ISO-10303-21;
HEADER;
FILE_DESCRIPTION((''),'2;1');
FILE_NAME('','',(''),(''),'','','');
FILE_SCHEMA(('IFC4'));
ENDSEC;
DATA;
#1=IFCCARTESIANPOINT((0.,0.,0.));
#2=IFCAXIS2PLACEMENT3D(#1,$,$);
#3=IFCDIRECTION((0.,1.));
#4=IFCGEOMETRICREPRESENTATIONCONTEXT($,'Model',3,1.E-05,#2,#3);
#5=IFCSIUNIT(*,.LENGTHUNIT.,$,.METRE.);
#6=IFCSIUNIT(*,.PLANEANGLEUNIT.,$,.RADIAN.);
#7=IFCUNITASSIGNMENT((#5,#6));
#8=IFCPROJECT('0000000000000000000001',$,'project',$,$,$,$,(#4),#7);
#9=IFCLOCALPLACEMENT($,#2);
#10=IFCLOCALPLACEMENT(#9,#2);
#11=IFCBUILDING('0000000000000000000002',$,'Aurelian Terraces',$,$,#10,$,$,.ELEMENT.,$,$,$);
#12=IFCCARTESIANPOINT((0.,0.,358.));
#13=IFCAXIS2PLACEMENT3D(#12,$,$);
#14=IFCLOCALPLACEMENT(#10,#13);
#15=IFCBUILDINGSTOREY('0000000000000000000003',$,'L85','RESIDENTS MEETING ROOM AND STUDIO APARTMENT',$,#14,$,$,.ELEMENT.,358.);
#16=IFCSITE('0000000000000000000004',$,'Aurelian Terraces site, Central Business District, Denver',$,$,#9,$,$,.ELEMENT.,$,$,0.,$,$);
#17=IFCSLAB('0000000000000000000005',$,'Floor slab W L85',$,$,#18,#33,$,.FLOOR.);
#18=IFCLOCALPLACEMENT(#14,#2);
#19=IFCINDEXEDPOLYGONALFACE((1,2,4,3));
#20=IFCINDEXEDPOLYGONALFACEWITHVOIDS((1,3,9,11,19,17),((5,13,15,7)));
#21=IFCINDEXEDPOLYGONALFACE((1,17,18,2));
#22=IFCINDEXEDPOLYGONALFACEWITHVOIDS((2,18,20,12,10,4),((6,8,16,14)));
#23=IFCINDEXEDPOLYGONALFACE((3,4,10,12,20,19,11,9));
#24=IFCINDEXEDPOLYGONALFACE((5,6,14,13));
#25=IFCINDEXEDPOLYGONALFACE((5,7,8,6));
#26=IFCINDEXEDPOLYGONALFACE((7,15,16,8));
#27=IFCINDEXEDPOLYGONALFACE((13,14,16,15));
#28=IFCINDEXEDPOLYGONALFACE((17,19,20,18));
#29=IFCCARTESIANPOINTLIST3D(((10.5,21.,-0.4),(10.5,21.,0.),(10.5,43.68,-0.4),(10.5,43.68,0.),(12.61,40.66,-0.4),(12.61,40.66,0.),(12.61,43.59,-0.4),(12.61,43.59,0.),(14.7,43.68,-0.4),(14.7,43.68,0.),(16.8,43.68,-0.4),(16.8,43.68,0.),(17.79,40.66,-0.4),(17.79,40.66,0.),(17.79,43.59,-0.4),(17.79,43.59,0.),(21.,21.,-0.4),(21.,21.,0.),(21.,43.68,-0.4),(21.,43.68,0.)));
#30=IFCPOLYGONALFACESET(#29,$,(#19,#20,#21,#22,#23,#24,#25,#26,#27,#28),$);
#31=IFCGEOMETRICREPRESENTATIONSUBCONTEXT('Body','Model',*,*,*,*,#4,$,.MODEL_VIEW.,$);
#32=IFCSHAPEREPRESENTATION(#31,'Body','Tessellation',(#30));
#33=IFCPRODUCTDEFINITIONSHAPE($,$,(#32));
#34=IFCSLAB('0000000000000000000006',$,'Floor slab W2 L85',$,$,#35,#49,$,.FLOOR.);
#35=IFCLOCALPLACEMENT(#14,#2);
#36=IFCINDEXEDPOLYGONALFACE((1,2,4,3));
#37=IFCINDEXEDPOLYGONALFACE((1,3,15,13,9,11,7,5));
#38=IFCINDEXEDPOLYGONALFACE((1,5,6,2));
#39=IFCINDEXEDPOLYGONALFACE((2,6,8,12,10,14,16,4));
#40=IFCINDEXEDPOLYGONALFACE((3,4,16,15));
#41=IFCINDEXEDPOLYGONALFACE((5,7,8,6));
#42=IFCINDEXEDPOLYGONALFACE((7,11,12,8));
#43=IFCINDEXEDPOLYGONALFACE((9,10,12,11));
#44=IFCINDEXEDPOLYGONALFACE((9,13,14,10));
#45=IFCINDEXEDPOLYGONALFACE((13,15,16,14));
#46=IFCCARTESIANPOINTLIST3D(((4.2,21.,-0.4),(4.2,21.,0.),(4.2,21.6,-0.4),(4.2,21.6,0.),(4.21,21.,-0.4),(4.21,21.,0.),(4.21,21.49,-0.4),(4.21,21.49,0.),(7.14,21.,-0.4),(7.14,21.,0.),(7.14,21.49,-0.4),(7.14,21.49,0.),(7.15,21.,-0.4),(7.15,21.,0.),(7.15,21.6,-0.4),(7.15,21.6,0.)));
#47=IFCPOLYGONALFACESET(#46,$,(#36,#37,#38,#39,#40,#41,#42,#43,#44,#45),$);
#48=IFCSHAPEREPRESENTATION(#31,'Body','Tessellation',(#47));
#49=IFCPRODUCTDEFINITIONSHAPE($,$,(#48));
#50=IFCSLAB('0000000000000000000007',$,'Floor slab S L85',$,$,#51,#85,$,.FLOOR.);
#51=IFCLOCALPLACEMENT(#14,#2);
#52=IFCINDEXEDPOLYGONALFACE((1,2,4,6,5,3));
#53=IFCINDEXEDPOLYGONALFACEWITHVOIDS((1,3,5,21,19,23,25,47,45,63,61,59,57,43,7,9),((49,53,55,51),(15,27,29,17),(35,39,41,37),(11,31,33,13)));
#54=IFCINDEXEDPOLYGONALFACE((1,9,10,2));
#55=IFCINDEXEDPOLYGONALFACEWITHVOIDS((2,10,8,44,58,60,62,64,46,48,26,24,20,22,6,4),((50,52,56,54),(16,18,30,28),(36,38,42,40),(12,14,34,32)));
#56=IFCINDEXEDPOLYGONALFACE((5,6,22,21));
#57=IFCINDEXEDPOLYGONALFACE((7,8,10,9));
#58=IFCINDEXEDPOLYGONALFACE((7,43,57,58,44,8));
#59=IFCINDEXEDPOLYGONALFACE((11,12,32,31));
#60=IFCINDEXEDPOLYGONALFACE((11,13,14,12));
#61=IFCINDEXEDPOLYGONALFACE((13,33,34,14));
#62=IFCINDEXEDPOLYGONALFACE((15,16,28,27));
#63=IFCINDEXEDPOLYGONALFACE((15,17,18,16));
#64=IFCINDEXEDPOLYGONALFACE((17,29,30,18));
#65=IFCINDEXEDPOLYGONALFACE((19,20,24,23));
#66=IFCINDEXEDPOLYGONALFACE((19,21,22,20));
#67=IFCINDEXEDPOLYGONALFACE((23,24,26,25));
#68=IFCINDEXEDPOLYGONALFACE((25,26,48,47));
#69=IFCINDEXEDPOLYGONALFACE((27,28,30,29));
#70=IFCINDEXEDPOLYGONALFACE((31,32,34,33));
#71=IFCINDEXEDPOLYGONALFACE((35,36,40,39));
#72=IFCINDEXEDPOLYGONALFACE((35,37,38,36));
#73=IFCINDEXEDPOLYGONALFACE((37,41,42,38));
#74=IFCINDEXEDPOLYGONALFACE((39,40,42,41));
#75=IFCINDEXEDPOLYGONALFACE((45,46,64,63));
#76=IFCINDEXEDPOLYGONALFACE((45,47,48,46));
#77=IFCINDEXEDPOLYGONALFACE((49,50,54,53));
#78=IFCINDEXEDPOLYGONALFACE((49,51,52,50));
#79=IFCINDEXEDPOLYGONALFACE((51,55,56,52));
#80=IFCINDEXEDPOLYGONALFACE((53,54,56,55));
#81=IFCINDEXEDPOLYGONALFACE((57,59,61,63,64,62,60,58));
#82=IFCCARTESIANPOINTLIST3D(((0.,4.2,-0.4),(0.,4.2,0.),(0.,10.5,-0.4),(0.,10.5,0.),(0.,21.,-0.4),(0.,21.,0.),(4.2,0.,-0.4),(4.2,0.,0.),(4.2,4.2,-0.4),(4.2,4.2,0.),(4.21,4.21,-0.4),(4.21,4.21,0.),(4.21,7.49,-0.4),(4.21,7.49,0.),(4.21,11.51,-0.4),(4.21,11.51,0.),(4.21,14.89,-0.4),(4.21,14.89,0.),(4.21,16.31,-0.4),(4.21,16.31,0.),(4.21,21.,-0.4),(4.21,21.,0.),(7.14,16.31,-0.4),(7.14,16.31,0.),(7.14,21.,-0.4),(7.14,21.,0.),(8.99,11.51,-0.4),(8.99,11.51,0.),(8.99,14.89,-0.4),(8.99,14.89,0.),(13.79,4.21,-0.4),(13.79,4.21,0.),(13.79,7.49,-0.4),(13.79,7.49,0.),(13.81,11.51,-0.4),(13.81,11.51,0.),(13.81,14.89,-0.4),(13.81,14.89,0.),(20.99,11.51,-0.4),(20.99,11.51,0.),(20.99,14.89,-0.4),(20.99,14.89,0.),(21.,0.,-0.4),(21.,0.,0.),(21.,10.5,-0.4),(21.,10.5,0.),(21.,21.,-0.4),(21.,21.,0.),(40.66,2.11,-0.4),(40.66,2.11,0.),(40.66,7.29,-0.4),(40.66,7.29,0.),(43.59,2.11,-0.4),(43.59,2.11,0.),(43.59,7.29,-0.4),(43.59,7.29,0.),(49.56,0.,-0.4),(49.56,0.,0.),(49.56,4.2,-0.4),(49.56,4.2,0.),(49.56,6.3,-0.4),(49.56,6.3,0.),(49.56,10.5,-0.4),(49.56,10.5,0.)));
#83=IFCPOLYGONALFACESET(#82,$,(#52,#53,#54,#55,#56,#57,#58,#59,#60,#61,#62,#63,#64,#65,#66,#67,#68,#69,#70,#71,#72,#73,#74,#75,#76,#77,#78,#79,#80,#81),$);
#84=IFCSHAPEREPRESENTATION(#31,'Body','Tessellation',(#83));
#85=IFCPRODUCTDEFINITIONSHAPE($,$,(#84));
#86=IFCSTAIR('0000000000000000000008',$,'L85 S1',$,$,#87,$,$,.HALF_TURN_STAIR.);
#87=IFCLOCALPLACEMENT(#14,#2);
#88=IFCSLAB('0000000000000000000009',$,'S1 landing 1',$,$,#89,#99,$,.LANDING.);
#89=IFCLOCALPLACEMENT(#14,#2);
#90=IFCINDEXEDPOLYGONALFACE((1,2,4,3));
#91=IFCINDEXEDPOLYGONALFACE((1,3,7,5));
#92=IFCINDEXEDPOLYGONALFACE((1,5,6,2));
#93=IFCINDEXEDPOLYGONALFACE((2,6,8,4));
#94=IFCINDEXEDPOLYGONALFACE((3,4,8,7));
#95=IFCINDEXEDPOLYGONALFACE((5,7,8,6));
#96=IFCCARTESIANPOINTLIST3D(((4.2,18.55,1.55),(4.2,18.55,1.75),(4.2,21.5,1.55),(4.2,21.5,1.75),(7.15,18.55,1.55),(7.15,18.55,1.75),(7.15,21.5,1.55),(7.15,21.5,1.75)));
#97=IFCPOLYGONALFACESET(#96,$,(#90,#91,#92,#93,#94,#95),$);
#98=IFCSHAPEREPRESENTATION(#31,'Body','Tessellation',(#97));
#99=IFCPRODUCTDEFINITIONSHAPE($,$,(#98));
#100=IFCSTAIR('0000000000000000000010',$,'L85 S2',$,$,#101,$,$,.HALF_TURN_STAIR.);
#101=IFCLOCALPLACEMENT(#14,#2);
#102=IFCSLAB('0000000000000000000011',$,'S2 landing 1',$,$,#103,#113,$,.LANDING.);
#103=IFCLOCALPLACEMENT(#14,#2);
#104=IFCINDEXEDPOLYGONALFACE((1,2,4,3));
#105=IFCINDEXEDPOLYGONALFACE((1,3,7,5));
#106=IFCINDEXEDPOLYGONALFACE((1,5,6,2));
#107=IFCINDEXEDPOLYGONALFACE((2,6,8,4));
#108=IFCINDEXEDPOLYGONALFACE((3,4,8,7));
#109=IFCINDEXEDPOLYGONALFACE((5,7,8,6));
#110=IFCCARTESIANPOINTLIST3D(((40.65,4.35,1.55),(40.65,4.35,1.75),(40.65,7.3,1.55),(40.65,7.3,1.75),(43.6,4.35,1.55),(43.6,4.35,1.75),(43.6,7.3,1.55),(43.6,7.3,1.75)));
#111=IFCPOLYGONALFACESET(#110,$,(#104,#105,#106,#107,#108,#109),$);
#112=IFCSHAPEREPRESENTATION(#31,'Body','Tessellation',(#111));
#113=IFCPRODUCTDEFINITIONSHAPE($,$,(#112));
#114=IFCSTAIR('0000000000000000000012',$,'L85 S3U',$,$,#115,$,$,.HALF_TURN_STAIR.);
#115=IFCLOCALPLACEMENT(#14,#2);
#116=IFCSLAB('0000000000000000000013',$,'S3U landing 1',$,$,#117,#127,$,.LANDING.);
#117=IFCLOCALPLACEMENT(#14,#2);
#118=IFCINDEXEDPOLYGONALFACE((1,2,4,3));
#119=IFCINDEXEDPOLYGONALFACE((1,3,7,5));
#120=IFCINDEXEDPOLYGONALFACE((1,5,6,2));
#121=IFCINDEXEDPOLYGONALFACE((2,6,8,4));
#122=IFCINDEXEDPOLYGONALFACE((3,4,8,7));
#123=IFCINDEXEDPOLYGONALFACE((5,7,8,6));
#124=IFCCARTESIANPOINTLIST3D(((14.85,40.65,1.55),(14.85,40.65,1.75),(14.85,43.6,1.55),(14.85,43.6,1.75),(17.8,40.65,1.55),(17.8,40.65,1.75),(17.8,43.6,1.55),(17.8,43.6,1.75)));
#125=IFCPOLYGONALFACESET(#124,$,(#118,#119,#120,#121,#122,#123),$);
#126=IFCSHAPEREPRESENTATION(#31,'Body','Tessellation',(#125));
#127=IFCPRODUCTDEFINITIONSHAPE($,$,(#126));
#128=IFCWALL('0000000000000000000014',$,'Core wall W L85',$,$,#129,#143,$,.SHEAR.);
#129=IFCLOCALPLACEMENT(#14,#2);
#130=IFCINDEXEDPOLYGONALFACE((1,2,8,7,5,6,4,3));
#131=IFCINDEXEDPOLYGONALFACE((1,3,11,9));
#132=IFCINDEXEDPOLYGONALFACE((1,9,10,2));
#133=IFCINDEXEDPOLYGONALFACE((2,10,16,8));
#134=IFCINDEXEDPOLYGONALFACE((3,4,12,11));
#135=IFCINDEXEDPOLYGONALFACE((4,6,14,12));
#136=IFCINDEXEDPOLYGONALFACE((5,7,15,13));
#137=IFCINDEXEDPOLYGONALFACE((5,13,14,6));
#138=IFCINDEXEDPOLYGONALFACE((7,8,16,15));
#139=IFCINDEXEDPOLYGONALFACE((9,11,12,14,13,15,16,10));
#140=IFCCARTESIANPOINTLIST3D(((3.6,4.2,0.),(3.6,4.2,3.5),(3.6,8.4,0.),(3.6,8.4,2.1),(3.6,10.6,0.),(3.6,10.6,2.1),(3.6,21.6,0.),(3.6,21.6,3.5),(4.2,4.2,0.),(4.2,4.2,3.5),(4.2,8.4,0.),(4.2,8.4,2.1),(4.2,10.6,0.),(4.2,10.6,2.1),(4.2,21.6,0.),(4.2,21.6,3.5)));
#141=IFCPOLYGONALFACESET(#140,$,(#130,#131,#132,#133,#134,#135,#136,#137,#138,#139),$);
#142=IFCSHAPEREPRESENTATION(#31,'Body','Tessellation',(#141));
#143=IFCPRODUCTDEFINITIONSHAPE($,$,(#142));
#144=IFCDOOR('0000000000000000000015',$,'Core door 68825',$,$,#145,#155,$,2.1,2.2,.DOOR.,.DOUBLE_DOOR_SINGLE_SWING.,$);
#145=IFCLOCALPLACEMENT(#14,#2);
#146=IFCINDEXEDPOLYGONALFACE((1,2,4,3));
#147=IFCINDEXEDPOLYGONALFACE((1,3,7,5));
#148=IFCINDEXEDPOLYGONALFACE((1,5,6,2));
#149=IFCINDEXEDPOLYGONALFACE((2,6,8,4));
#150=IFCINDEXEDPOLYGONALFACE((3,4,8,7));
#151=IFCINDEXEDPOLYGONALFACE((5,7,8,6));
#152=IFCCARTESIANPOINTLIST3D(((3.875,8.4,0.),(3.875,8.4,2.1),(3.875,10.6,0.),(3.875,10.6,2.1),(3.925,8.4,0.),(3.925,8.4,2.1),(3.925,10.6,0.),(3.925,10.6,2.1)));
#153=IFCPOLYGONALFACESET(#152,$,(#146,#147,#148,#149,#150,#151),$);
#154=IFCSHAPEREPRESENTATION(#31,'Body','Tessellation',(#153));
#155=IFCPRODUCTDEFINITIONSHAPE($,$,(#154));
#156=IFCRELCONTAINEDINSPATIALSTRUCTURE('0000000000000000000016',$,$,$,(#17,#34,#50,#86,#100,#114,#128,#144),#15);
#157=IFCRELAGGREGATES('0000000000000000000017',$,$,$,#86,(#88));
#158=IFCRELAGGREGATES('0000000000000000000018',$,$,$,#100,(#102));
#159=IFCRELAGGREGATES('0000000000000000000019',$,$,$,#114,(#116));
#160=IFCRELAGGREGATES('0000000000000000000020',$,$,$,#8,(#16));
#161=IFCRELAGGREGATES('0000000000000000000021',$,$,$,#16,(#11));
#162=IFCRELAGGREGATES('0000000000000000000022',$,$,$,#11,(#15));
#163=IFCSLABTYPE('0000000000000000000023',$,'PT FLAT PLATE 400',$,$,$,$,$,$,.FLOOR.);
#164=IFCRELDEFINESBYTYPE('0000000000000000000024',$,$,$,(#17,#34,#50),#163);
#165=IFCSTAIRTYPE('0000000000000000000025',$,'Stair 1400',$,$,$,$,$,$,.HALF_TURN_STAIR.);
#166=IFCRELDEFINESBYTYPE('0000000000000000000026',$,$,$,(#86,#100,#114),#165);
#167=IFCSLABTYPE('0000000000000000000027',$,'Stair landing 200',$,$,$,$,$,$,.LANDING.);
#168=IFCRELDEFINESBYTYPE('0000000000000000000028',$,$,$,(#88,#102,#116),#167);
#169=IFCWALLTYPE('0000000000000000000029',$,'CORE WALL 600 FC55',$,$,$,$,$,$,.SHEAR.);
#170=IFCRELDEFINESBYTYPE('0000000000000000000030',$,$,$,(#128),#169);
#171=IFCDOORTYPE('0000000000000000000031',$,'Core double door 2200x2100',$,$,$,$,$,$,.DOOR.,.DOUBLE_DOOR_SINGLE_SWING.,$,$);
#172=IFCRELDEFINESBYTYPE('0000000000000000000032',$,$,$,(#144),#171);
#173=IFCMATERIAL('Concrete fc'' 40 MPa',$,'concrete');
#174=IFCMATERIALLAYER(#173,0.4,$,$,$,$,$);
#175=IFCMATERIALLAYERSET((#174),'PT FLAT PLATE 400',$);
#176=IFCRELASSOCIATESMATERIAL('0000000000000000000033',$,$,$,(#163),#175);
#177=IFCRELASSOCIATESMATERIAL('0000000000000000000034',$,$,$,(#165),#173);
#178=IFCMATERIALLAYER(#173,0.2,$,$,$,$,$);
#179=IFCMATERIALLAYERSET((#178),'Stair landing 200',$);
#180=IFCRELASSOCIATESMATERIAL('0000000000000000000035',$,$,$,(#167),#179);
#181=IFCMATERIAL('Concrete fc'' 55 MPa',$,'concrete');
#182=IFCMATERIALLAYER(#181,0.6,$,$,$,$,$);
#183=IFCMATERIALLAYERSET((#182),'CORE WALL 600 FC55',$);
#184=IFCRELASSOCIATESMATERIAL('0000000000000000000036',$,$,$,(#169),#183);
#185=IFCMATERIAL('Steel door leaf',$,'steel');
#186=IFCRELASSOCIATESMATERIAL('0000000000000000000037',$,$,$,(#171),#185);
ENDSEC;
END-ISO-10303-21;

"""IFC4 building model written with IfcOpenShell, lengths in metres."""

from ifc_helpers import new_model, si_unit, direction, frame, frame_2d, origin, place, context, subcontext, project, spatial, polyline, rectangle, outline, extrude, source, transform, mapped, material, layer, layer_set, type_object, element, fill, aggregate, save


model = new_model("IFC4")

# Units and contexts
model_context = context("Model", 3, precision=1e-05, world=origin(), true_north=direction((0.0, 1.0)))
body_context = subcontext(model_context, "Body", "Model", "MODEL_VIEW")
ifc_project = project(units=[si_unit("LENGTHUNIT", "METRE"), si_unit("PLANEANGLEUNIT", "RADIAN")], contexts=[model_context])

# Site, building, storey
site_placement = place(None, origin())
site = spatial("IfcSite", under=ifc_project, at=site_placement, Name="Aurelian Terraces site, Central Business District, Denver", CompositionType="ELEMENT", RefElevation=0.0)
building_placement = place(site_placement, origin())
building = spatial("IfcBuilding", under=site, at=building_placement, Name="Aurelian Terraces", CompositionType="ELEMENT")
storey_placement = place(building_placement, frame((0.0, 0.0, 358.0)))
storey = spatial("IfcBuildingStorey", under=building, at=storey_placement, Name="L85", Description="RESIDENTS MEETING ROOM AND STUDIO APARTMENT", CompositionType="ELEMENT", Elevation=358.0)

# Slabs
ifc_material_1 = material(Name="Concrete fc' 40 MPa", Category="concrete")
ifc_layer_1 = layer(ifc_material_1, 0.4)
ifc_layer_set_1 = layer_set([ifc_layer_1], Name="PT FLAT PLATE 400")
slab_type_1 = type_object("IfcSlabType", Name="PT FLAT PLATE 400", PredefinedType="FLOOR", material=ifc_layer_set_1)
shared_shape_1 = source(origin(), body_context, "Body", "SweptSolid", [
    extrude(outline(polyline([(10.5, 43.68), (14.7, 43.68), (16.8, 43.68), (21.0, 43.68), (21.0, 21.0), (10.5, 21.0), (10.5, 43.68)]), holes=[polyline([(17.79, 43.59), (12.61, 43.59), (12.61, 40.66), (17.79, 40.66), (17.79, 43.59)])]), origin(), (0.0, 0.0, 1.0), 0.4),
])
slab_1_placement = place(storey_placement, frame((0.0, 0.0, -0.4)))
element("IfcSlab", 1, at=slab_1_placement, inside=storey, type_object=slab_type_1, Name="Floor slab W L85", PredefinedType="FLOOR", context=body_context, shape_type="MappedRepresentation", body=[
    mapped(shared_shape_1, transform((0.0, 0.0, 0.0), scale=1.0)),
])
shared_shape_2 = source(origin(), body_context, "Body", "SweptSolid", [
    extrude(outline(polyline([(4.2, 21.0), (4.2, 21.6), (7.15, 21.6), (7.15, 21.0), (7.14, 21.0), (7.14, 21.49), (4.21, 21.49), (4.21, 21.0), (4.2, 21.0)])), origin(), (0.0, 0.0, 1.0), 0.4),
])
slab_2_placement = place(storey_placement, frame((0.0, 0.0, -0.4)))
element("IfcSlab", 2, at=slab_2_placement, inside=storey, type_object=slab_type_1, Name="Floor slab W2 L85", PredefinedType="FLOOR", context=body_context, shape_type="MappedRepresentation", body=[
    mapped(shared_shape_2, transform((0.0, 0.0, 0.0), scale=1.0)),
])
shared_shape_3 = source(origin(), body_context, "Body", "SweptSolid", [
    extrude(outline(polyline([(21.0, 0.0), (4.2, 0.0), (4.2, 4.2), (0.0, 4.2), (0.0, 10.5), (0.0, 21.0), (4.21, 21.0), (4.21, 16.31), (7.14, 16.31), (7.14, 21.0), (21.0, 21.0), (21.0, 10.5), (49.56, 10.5), (49.56, 6.3), (49.56, 4.2), (49.56, 0.0), (21.0, 0.0)]), holes=[polyline([(40.66, 2.11), (43.59, 2.11), (43.59, 7.29), (40.66, 7.29), (40.66, 2.11)]), polyline([(13.81, 14.89), (13.81, 11.51), (20.99, 11.51), (20.99, 14.89), (13.81, 14.89)]), polyline([(4.21, 7.49), (4.21, 4.21), (13.79, 4.21), (13.79, 7.49), (4.21, 7.49)]), polyline([(8.99, 11.51), (8.99, 14.89), (4.21, 14.89), (4.21, 11.51), (8.99, 11.51)])]), origin(), (0.0, 0.0, 1.0), 0.4),
])
slab_3_placement = place(storey_placement, frame((0.0, 0.0, -0.4)))
element("IfcSlab", 3, at=slab_3_placement, inside=storey, type_object=slab_type_1, Name="Floor slab S L85", PredefinedType="FLOOR", context=body_context, shape_type="MappedRepresentation", body=[
    mapped(shared_shape_3, transform((0.0, 0.0, 0.0), scale=1.0)),
])

# Stairs, slabs
stair_type = type_object("IfcStairType", Name="Stair 1400", PredefinedType="HALF_TURN_STAIR", material=ifc_material_1)
stair_1_placement = place(storey_placement, origin())
stair_1 = element("IfcStair", 4, at=stair_1_placement, inside=storey, type_object=stair_type, Name="L85 S1", PredefinedType="HALF_TURN_STAIR")
ifc_layer_2 = layer(ifc_material_1, 0.2)
ifc_layer_set_2 = layer_set([ifc_layer_2], Name="Stair landing 200")
slab_type_2 = type_object("IfcSlabType", Name="Stair landing 200", PredefinedType="LANDING", material=ifc_layer_set_2)
shared_shape_4 = source(origin(), body_context, "Body", "SweptSolid", [
    extrude(outline(polyline([(7.15, 18.55), (7.15, 21.5), (4.2, 21.5), (4.2, 18.55), (7.15, 18.55)])), origin(), (0.0, 0.0, 1.0), 0.2),
])
slab_4_placement = place(storey_placement, frame((0.0, 0.0, 1.55)))
slab_4 = element("IfcSlab", 5, at=slab_4_placement, type_object=slab_type_2, Name="S1 landing 1", PredefinedType="LANDING", context=body_context, shape_type="MappedRepresentation", body=[
    mapped(shared_shape_4, transform((0.0, 0.0, 0.0), scale=1.0)),
])
aggregate(stair_1, [slab_4])
stair_2_placement = place(storey_placement, origin())
stair_2 = element("IfcStair", 6, at=stair_2_placement, inside=storey, type_object=stair_type, Name="L85 S2", PredefinedType="HALF_TURN_STAIR")
shared_shape_5 = source(origin(), body_context, "Body", "SweptSolid", [
    extrude(outline(polyline([(43.6, 4.35), (43.6, 7.3), (40.65, 7.3), (40.65, 4.35), (43.6, 4.35)])), origin(), (0.0, 0.0, 1.0), 0.2),
])
slab_5_placement = place(storey_placement, frame((0.0, 0.0, 1.55)))
slab_5 = element("IfcSlab", 7, at=slab_5_placement, type_object=slab_type_2, Name="S2 landing 1", PredefinedType="LANDING", context=body_context, shape_type="MappedRepresentation", body=[
    mapped(shared_shape_5, transform((0.0, 0.0, 0.0), scale=1.0)),
])
aggregate(stair_2, [slab_5])
stair_3_placement = place(storey_placement, origin())
stair_3 = element("IfcStair", 8, at=stair_3_placement, inside=storey, type_object=stair_type, Name="L85 S3U", PredefinedType="HALF_TURN_STAIR")
shared_shape_6 = source(origin(), body_context, "Body", "SweptSolid", [
    extrude(outline(polyline([(14.85, 40.65), (17.8, 40.65), (17.8, 43.6), (14.85, 43.6), (14.85, 40.65)])), origin(), (0.0, 0.0, 1.0), 0.2),
])
slab_6_placement = place(storey_placement, frame((0.0, 0.0, 1.55)))
slab_6 = element("IfcSlab", 9, at=slab_6_placement, type_object=slab_type_2, Name="S3U landing 1", PredefinedType="LANDING", context=body_context, shape_type="MappedRepresentation", body=[
    mapped(shared_shape_6, transform((0.0, 0.0, 0.0), scale=1.0)),
])
aggregate(stair_3, [slab_6])

# Wall, opening, door
ifc_material_2 = material(Name="Concrete fc' 55 MPa", Category="concrete")
ifc_layer_3 = layer(ifc_material_2, 0.6)
ifc_layer_set_3 = layer_set([ifc_layer_3], Name="CORE WALL 600 FC55")
wall_type_1 = type_object("IfcWallType", Name="CORE WALL 600 FC55", PredefinedType="SHEAR", material=ifc_layer_set_3)
shared_shape_7 = source(origin(), body_context, "Body", "SweptSolid", [
    extrude(rectangle(XDim=17.4, YDim=0.6, at=frame_2d((8.7, 0.0))), origin(), (0.0, 0.0, 1.0), 3.5),
])
wall_1_placement = place(storey_placement, frame((3.9, 4.2, 0.0), z_axis=(0.0, 0.0, 1.0), x_axis=(0.0, 1.0, 0.0)))
wall_1 = element("IfcWall", 10, at=wall_1_placement, inside=storey, type_object=wall_type_1, Name="Core wall W L85", PredefinedType="SHEAR", context=body_context, shape_type="MappedRepresentation", body=[
    mapped(shared_shape_7, transform((0.0, 0.0, 0.0), scale=1.0)),
])
shared_shape_8 = source(origin(), body_context, "Body", "SweptSolid", [
    extrude(rectangle(XDim=2.2, YDim=2.1, at=frame_2d((1.1, 1.05))), frame((0.0, 0.31, 0.0), z_axis=(0.0, -1.0, 0.0), x_axis=(1.0, 0.0, 0.0)), (0.0, 0.0, 1.0), 0.62),
])
opening_1_placement = place(wall_1_placement, frame((4.2, 0.0, 0.0)))
opening_1 = element("IfcOpeningElement", 11, at=opening_1_placement, cuts=wall_1, PredefinedType="OPENING", context=body_context, shape_type="MappedRepresentation", body=[
    mapped(shared_shape_8, transform((0.0, 0.0, 0.0), scale=1.0)),
])
ifc_material_3 = material(Name="Steel door leaf", Category="steel")
door_type_1 = type_object("IfcDoorType", Name="Core double door 2200x2100", OperationType="DOUBLE_DOOR_SINGLE_SWING", PredefinedType="DOOR", material=ifc_material_3)
shared_shape_9 = source(origin(), body_context, "Body", "SweptSolid", [
    extrude(rectangle(XDim=2.2, YDim=2.1, at=frame_2d((1.1, 1.05))), frame((0.0, 0.025, 0.0), z_axis=(0.0, -1.0, 0.0), x_axis=(1.0, 0.0, 0.0)), (0.0, 0.0, 1.0), 0.05),
])
door_1_placement = place(opening_1_placement, origin())
door_1 = element("IfcDoor", 12, at=door_1_placement, inside=storey, type_object=door_type_1, Name="Core door 68825", OperationType="DOUBLE_DOOR_SINGLE_SWING", OverallHeight=2.1, OverallWidth=2.2, PredefinedType="DOOR", context=body_context, shape_type="MappedRepresentation", body=[
    mapped(shared_shape_9, transform((0.0, 0.0, 0.0), scale=1.0)),
])
fill(opening_1, door_1)

save(model, "model.ifc")
